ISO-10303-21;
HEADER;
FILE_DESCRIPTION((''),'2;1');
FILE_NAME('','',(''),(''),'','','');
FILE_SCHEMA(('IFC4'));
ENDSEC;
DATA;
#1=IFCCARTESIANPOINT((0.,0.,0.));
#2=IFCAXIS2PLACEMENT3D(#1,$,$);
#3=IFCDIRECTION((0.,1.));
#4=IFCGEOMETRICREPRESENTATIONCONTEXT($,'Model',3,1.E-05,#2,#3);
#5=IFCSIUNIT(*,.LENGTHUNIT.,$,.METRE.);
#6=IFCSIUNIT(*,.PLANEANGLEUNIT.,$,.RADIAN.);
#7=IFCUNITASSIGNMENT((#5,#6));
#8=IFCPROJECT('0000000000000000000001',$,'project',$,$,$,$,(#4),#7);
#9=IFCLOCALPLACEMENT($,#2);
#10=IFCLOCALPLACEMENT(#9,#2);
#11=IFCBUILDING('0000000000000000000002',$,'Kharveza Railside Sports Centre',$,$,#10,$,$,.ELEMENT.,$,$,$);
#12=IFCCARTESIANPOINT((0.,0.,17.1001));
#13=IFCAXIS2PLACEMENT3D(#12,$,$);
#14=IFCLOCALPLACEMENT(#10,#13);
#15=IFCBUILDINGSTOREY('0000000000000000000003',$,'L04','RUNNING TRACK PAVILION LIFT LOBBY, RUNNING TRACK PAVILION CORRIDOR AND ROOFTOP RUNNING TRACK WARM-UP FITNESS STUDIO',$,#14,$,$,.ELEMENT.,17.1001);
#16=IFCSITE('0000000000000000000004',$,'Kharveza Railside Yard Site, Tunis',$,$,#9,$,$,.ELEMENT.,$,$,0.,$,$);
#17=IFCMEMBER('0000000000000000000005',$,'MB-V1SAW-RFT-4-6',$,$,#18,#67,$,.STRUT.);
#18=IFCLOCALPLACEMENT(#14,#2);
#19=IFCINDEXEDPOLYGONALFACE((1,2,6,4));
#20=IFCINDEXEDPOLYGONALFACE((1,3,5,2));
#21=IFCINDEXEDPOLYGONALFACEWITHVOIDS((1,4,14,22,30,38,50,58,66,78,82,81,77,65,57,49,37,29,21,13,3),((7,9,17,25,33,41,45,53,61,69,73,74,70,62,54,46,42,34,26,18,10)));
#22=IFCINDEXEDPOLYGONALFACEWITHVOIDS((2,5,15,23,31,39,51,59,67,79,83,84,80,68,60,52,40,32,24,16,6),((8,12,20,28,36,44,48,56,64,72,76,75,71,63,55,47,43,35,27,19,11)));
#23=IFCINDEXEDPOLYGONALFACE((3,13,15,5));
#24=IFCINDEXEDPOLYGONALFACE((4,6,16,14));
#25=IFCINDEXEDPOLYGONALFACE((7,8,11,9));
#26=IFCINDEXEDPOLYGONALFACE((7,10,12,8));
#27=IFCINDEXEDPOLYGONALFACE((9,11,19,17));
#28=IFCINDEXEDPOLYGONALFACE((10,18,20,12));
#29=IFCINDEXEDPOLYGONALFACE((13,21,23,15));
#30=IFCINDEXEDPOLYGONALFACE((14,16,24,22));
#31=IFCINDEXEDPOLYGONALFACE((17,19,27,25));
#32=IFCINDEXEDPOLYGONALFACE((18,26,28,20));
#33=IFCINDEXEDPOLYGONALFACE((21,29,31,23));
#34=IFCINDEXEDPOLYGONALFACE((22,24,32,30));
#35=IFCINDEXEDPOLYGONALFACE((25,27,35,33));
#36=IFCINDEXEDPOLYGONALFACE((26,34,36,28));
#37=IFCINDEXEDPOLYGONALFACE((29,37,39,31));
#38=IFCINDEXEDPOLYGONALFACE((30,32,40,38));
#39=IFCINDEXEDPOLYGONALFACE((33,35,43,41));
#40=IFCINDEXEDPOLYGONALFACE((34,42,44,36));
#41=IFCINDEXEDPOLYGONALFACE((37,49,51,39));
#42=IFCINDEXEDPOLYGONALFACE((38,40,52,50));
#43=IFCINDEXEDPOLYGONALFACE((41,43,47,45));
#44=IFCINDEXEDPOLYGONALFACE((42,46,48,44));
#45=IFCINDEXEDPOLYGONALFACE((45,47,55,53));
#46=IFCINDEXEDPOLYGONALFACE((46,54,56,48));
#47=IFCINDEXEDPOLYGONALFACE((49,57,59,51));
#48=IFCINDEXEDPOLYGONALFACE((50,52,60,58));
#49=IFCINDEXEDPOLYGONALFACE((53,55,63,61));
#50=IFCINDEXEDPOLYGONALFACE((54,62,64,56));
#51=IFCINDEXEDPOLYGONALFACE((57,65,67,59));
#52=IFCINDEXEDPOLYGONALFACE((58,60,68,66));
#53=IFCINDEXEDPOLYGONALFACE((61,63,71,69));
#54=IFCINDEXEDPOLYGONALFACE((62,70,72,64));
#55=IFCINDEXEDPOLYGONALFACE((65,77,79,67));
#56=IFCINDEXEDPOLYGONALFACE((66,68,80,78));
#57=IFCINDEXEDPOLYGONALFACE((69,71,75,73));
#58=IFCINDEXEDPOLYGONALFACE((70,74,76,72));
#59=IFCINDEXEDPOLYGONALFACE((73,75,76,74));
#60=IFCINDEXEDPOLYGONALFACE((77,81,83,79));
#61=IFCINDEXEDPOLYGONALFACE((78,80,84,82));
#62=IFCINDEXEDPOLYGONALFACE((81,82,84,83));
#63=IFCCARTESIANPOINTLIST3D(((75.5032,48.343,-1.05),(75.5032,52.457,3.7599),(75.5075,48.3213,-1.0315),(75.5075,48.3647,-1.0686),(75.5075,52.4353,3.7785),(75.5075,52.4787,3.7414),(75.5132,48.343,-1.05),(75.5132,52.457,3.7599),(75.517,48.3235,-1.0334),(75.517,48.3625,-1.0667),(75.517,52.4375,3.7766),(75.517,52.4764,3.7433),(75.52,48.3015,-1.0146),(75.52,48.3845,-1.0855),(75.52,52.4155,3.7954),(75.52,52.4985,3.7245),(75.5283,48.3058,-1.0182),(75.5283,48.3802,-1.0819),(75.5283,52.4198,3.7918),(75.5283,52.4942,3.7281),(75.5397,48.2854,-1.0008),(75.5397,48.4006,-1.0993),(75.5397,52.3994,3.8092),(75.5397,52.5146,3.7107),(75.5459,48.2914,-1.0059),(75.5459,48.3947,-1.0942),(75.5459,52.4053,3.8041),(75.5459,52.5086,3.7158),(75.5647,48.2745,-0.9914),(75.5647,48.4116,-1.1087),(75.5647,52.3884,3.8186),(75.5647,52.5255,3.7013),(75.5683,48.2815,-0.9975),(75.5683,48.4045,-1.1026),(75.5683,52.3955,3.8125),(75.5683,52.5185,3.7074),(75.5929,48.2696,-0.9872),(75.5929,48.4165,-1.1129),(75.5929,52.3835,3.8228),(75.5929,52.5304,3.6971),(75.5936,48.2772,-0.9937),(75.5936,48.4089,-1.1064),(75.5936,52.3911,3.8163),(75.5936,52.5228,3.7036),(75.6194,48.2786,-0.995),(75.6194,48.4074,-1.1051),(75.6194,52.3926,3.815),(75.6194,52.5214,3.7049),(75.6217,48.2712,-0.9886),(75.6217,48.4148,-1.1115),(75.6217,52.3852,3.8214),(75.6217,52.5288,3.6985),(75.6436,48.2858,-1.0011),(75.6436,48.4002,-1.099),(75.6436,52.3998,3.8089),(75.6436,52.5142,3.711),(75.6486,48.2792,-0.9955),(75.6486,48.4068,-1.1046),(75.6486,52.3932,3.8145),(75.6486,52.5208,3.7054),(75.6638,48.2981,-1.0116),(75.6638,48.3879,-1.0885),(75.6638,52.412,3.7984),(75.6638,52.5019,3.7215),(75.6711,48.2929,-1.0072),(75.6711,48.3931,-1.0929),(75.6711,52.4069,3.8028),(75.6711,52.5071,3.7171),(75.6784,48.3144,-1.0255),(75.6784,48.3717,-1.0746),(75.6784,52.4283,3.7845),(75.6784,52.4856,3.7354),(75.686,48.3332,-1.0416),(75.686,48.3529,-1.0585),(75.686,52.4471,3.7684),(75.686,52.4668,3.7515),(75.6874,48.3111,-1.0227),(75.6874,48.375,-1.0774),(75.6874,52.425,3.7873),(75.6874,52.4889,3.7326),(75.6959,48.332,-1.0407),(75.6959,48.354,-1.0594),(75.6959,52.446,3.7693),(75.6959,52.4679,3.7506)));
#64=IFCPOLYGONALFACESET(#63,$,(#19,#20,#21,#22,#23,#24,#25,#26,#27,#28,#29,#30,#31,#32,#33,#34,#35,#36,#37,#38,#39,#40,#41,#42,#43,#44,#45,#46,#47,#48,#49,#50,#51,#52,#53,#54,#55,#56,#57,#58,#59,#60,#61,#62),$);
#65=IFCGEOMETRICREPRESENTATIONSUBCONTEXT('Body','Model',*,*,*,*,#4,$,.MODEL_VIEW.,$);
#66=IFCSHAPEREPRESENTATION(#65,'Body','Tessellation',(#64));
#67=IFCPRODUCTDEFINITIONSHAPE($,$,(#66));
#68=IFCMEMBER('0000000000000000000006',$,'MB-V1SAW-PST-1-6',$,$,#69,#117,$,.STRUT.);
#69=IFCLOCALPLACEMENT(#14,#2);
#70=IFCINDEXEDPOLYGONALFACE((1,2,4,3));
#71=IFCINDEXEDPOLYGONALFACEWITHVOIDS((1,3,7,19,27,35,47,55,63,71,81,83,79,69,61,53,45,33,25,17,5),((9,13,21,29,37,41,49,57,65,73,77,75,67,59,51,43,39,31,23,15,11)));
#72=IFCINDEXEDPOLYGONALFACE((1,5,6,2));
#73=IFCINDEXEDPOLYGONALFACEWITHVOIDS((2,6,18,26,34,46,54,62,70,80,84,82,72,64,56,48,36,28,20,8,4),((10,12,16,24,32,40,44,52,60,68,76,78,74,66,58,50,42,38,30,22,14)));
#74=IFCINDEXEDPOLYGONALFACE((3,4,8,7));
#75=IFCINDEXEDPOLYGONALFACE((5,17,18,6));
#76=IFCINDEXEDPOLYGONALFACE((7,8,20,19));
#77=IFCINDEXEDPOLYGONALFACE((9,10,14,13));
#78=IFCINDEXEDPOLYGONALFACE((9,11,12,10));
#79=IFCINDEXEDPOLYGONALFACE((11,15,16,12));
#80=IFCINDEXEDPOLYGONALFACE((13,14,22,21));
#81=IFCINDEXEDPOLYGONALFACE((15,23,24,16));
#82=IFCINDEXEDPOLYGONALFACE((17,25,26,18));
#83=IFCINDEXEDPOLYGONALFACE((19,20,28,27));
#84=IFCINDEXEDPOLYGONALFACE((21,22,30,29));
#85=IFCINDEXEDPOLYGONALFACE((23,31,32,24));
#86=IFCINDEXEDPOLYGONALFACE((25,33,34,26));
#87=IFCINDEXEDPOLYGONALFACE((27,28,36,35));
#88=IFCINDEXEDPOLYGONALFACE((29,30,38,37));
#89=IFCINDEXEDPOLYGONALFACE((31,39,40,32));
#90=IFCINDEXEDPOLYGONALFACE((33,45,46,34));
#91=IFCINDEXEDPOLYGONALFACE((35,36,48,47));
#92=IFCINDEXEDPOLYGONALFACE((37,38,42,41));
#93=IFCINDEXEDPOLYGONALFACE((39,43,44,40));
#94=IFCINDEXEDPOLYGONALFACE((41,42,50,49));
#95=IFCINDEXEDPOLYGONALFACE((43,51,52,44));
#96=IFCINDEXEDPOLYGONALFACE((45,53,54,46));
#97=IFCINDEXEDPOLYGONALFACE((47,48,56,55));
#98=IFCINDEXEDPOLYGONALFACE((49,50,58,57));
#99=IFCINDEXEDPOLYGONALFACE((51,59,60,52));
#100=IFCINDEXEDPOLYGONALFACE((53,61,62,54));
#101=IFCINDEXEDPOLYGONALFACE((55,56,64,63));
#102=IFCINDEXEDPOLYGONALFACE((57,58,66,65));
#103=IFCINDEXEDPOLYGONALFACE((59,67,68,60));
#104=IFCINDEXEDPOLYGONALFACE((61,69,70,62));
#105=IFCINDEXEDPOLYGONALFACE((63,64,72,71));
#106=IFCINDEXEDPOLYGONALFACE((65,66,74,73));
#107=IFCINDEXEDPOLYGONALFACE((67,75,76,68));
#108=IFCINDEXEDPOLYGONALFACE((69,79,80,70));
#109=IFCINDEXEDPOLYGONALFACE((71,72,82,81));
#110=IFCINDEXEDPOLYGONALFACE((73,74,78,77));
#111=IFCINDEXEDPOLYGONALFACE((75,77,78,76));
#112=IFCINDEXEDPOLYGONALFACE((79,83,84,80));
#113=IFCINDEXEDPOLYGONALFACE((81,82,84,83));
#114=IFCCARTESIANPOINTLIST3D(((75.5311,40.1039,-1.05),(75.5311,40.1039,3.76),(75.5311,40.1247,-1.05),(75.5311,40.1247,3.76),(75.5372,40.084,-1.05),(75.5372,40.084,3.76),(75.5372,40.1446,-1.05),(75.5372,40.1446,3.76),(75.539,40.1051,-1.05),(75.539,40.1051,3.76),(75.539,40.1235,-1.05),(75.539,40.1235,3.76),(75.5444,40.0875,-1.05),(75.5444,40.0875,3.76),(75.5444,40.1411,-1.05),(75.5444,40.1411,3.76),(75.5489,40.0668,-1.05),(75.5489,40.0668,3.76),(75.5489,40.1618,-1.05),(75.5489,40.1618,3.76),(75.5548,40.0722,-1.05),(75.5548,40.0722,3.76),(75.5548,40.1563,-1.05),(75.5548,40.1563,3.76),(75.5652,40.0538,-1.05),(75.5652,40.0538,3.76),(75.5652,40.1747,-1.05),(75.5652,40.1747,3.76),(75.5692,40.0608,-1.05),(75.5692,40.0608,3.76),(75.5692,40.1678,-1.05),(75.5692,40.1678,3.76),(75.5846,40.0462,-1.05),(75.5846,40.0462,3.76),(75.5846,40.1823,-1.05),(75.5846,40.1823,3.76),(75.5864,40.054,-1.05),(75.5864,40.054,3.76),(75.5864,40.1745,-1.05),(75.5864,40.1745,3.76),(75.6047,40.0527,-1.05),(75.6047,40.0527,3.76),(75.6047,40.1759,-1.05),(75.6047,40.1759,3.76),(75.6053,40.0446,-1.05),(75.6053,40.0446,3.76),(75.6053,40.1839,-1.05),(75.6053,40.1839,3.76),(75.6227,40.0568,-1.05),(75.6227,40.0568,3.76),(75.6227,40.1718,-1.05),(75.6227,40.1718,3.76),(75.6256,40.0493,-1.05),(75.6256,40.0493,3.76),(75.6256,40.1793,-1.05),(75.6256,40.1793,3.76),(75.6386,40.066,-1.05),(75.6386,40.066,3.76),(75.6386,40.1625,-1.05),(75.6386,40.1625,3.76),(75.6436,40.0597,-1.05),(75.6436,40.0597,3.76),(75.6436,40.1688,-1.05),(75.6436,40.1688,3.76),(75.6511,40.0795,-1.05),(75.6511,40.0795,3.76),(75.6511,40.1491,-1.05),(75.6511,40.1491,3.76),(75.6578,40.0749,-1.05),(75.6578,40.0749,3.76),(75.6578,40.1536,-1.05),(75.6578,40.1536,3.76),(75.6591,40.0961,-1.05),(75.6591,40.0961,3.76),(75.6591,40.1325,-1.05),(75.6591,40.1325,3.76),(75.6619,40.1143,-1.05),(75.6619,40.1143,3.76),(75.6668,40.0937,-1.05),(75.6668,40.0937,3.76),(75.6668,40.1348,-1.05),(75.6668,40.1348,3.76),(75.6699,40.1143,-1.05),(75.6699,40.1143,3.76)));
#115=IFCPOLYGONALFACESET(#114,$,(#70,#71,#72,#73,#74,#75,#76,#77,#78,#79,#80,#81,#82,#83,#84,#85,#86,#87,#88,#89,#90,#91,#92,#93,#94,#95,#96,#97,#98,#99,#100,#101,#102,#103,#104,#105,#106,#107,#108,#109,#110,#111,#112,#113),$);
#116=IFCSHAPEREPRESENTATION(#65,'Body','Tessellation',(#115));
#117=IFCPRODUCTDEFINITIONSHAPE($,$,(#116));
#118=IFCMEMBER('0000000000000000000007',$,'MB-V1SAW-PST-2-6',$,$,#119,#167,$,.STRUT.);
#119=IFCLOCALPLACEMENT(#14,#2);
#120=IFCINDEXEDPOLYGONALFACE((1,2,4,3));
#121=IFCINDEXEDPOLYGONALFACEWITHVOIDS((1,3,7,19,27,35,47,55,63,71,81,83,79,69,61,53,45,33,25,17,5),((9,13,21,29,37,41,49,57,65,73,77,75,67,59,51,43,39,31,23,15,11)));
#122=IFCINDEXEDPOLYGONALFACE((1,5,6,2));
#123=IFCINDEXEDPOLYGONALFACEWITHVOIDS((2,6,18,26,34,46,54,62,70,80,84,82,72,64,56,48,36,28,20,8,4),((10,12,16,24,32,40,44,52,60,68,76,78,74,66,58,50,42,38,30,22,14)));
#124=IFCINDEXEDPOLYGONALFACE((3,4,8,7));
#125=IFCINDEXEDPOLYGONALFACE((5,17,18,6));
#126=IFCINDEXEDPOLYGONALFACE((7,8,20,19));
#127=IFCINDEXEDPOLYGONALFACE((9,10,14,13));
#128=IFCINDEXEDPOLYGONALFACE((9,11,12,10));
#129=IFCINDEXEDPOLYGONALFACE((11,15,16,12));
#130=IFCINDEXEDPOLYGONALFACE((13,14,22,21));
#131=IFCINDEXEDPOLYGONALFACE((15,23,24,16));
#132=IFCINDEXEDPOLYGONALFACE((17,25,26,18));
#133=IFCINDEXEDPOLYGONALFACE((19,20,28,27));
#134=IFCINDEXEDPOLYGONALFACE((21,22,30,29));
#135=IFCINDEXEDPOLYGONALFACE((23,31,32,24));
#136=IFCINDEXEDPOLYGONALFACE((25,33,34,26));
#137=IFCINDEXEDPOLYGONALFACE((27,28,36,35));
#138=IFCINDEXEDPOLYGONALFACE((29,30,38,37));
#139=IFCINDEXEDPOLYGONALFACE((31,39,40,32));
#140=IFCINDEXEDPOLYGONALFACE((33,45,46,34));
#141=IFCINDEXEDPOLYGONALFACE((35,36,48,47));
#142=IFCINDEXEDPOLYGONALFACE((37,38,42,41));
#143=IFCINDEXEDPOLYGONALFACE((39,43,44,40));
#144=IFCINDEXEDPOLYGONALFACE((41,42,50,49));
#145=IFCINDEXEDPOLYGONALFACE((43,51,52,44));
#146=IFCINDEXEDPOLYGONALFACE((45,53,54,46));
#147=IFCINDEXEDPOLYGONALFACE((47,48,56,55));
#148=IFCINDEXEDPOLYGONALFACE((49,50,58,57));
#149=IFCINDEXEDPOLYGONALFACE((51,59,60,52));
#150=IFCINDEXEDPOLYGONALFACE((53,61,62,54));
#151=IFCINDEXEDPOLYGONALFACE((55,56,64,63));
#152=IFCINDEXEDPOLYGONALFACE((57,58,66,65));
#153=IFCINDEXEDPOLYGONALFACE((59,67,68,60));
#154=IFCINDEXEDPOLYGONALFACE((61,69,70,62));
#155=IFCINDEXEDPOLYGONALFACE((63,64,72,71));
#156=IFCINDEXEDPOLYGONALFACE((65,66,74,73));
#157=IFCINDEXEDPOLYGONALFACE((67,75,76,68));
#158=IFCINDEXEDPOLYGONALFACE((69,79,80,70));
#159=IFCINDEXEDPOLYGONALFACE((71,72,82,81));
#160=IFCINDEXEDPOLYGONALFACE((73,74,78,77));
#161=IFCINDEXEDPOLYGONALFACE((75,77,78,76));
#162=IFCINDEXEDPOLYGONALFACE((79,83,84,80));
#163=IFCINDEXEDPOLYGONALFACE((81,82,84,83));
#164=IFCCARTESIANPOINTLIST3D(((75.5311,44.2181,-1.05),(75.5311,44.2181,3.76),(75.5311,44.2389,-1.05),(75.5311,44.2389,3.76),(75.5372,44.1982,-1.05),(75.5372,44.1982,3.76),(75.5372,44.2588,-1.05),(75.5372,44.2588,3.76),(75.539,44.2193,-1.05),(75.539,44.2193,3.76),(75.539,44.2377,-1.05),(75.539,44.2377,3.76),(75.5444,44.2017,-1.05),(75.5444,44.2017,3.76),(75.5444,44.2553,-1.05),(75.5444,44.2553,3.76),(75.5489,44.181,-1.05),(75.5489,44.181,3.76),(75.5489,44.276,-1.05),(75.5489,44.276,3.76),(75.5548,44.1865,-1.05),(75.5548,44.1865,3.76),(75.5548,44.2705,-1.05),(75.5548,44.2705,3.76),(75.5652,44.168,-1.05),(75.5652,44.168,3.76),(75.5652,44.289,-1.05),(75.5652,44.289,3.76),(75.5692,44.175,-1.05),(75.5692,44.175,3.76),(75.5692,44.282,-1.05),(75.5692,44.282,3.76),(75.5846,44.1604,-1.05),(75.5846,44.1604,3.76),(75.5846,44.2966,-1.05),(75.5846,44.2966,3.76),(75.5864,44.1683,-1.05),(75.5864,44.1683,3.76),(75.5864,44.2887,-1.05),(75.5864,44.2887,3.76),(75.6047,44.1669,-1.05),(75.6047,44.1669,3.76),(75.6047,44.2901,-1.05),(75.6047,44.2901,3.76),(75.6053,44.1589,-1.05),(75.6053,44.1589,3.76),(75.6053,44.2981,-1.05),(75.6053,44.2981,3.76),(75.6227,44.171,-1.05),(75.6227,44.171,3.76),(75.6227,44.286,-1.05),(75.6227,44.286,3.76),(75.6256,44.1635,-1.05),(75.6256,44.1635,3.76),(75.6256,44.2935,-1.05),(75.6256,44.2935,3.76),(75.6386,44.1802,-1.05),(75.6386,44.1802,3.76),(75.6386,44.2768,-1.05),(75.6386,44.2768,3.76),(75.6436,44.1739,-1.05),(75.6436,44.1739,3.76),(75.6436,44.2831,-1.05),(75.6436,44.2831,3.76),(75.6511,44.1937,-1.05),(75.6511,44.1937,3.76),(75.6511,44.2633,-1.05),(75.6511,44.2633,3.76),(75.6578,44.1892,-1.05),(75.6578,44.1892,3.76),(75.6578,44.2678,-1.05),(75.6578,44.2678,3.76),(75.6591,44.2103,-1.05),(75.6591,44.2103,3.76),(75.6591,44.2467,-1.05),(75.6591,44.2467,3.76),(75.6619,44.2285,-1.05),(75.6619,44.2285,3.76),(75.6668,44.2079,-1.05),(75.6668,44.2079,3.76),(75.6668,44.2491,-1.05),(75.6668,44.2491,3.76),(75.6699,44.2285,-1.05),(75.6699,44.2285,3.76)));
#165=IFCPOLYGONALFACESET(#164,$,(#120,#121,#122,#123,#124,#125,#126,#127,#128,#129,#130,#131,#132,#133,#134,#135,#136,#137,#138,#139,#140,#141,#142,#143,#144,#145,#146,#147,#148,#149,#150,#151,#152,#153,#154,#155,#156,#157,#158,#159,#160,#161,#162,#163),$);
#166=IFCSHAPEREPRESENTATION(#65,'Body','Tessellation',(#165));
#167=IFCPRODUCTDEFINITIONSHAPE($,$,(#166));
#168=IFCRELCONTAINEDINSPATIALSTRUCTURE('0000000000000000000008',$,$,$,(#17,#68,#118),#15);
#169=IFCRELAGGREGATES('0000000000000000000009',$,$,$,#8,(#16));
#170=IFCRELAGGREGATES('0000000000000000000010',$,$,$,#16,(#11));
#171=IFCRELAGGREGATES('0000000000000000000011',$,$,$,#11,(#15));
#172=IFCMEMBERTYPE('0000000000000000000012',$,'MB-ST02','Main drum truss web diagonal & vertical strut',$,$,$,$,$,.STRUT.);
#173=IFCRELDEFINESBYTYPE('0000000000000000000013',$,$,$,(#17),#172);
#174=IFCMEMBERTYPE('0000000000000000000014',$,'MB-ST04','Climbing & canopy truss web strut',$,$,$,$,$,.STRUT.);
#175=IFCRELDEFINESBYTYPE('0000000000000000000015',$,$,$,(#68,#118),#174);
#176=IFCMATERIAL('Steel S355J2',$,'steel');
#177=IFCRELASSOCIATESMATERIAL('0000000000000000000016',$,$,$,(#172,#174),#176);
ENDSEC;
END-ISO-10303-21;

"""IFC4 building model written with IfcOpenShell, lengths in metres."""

from ifc_helpers import new_model, si_unit, direction, frame, origin, origin_2d, place, context, subcontext, project, spatial, hollow_circle, extrude, material, material_profile, profile_set, type_object, element, save


model = new_model("IFC4")

# Units and contexts
model_context = context("Model", 3, precision=1e-05, world=origin(), true_north=direction((0.0, 1.0)))
body_context = subcontext(model_context, "Body", "Model", "MODEL_VIEW")
ifc_project = project(units=[si_unit("LENGTHUNIT", "METRE"), si_unit("PLANEANGLEUNIT", "RADIAN")], contexts=[model_context])

# Site, building, storey
site_placement = place(None, origin())
site = spatial("IfcSite", under=ifc_project, at=site_placement, Name="Kharveza Railside Yard Site, Tunis", CompositionType="ELEMENT", RefElevation=0.0)
building_placement = place(site_placement, origin())
building = spatial("IfcBuilding", under=site, at=building_placement, Name="Kharveza Railside Sports Centre", CompositionType="ELEMENT")
storey_placement = place(building_placement, frame((0.0, 0.0, 17.1001)))
storey = spatial("IfcBuildingStorey", under=building, at=storey_placement, Name="L04", Description="RUNNING TRACK PAVILION LIFT LOBBY, RUNNING TRACK PAVILION CORRIDOR AND ROOFTOP RUNNING TRACK WARM-UP FITNESS STUDIO", CompositionType="ELEMENT", Elevation=17.1001)

# Members
ifc_material_1 = material(Name="Steel S355J2", Category="steel")
ifc_material_profile_1 = material_profile(ifc_material_1, hollow_circle(Radius=0.0969, WallThickness=0.01, at=origin_2d()), Name="CHS 193.7x10.0")
ifc_profile_set_1 = profile_set([ifc_material_profile_1], Name="Steel S355J2")
member_type_1 = type_object("IfcMemberType", Name="MB-ST02", Description="Main drum truss web diagonal & vertical strut", PredefinedType="STRUT", material=ifc_profile_set_1)
member_1_placement = place(storey_placement, frame((75.6001, 48.343, -1.05), z_axis=(0.0, 0.649981, 0.75995), x_axis=(-1.0, 0.0, 0.0)))
element("IfcMember", 1, at=member_1_placement, inside=storey, type_object=member_type_1, Name="MB-V1SAW-RFT-4-6", PredefinedType="STRUT", context=body_context, shape_type="SweptSolid", body=[
    extrude(hollow_circle(Radius=0.0969, WallThickness=0.01, at=origin_2d()), origin(), (0.0, 0.0, 1.0), 6.3293),
])
ifc_material_profile_2 = material_profile(ifc_material_1, hollow_circle(Radius=0.0698, WallThickness=0.0081, at=origin_2d()), Name="CHS 139.7x8.0")
ifc_profile_set_2 = profile_set([ifc_material_profile_2], Name="Steel S355J2")
member_type_2 = type_object("IfcMemberType", Name="MB-ST04", Description="Climbing & canopy truss web strut", PredefinedType="STRUT", material=ifc_profile_set_2)
for number, where, z_axis, x_axis, name in (
    (2, (75.6001, 40.1143, -1.05), (0.0, 0.0, 1.0), (1.0, 0.0, 0.0), "MB-V1SAW-PST-1-6"),
    (3, (75.6001, 44.2285, -1.05), (0.0, 0.0, 1.0), (1.0, 0.0, 0.0), "MB-V1SAW-PST-2-6"),
):
    element("IfcMember", number, at=place(storey_placement, frame(where, z_axis=z_axis, x_axis=x_axis)), inside=storey, type_object=member_type_2, Name=name, PredefinedType="STRUT", context=body_context, shape_type="SweptSolid", body=[
        extrude(hollow_circle(Radius=0.0698, WallThickness=0.0081, at=origin_2d()), origin(), (0.0, 0.0, 1.0), 4.8101),
    ])

save(model, "model.ifc")
